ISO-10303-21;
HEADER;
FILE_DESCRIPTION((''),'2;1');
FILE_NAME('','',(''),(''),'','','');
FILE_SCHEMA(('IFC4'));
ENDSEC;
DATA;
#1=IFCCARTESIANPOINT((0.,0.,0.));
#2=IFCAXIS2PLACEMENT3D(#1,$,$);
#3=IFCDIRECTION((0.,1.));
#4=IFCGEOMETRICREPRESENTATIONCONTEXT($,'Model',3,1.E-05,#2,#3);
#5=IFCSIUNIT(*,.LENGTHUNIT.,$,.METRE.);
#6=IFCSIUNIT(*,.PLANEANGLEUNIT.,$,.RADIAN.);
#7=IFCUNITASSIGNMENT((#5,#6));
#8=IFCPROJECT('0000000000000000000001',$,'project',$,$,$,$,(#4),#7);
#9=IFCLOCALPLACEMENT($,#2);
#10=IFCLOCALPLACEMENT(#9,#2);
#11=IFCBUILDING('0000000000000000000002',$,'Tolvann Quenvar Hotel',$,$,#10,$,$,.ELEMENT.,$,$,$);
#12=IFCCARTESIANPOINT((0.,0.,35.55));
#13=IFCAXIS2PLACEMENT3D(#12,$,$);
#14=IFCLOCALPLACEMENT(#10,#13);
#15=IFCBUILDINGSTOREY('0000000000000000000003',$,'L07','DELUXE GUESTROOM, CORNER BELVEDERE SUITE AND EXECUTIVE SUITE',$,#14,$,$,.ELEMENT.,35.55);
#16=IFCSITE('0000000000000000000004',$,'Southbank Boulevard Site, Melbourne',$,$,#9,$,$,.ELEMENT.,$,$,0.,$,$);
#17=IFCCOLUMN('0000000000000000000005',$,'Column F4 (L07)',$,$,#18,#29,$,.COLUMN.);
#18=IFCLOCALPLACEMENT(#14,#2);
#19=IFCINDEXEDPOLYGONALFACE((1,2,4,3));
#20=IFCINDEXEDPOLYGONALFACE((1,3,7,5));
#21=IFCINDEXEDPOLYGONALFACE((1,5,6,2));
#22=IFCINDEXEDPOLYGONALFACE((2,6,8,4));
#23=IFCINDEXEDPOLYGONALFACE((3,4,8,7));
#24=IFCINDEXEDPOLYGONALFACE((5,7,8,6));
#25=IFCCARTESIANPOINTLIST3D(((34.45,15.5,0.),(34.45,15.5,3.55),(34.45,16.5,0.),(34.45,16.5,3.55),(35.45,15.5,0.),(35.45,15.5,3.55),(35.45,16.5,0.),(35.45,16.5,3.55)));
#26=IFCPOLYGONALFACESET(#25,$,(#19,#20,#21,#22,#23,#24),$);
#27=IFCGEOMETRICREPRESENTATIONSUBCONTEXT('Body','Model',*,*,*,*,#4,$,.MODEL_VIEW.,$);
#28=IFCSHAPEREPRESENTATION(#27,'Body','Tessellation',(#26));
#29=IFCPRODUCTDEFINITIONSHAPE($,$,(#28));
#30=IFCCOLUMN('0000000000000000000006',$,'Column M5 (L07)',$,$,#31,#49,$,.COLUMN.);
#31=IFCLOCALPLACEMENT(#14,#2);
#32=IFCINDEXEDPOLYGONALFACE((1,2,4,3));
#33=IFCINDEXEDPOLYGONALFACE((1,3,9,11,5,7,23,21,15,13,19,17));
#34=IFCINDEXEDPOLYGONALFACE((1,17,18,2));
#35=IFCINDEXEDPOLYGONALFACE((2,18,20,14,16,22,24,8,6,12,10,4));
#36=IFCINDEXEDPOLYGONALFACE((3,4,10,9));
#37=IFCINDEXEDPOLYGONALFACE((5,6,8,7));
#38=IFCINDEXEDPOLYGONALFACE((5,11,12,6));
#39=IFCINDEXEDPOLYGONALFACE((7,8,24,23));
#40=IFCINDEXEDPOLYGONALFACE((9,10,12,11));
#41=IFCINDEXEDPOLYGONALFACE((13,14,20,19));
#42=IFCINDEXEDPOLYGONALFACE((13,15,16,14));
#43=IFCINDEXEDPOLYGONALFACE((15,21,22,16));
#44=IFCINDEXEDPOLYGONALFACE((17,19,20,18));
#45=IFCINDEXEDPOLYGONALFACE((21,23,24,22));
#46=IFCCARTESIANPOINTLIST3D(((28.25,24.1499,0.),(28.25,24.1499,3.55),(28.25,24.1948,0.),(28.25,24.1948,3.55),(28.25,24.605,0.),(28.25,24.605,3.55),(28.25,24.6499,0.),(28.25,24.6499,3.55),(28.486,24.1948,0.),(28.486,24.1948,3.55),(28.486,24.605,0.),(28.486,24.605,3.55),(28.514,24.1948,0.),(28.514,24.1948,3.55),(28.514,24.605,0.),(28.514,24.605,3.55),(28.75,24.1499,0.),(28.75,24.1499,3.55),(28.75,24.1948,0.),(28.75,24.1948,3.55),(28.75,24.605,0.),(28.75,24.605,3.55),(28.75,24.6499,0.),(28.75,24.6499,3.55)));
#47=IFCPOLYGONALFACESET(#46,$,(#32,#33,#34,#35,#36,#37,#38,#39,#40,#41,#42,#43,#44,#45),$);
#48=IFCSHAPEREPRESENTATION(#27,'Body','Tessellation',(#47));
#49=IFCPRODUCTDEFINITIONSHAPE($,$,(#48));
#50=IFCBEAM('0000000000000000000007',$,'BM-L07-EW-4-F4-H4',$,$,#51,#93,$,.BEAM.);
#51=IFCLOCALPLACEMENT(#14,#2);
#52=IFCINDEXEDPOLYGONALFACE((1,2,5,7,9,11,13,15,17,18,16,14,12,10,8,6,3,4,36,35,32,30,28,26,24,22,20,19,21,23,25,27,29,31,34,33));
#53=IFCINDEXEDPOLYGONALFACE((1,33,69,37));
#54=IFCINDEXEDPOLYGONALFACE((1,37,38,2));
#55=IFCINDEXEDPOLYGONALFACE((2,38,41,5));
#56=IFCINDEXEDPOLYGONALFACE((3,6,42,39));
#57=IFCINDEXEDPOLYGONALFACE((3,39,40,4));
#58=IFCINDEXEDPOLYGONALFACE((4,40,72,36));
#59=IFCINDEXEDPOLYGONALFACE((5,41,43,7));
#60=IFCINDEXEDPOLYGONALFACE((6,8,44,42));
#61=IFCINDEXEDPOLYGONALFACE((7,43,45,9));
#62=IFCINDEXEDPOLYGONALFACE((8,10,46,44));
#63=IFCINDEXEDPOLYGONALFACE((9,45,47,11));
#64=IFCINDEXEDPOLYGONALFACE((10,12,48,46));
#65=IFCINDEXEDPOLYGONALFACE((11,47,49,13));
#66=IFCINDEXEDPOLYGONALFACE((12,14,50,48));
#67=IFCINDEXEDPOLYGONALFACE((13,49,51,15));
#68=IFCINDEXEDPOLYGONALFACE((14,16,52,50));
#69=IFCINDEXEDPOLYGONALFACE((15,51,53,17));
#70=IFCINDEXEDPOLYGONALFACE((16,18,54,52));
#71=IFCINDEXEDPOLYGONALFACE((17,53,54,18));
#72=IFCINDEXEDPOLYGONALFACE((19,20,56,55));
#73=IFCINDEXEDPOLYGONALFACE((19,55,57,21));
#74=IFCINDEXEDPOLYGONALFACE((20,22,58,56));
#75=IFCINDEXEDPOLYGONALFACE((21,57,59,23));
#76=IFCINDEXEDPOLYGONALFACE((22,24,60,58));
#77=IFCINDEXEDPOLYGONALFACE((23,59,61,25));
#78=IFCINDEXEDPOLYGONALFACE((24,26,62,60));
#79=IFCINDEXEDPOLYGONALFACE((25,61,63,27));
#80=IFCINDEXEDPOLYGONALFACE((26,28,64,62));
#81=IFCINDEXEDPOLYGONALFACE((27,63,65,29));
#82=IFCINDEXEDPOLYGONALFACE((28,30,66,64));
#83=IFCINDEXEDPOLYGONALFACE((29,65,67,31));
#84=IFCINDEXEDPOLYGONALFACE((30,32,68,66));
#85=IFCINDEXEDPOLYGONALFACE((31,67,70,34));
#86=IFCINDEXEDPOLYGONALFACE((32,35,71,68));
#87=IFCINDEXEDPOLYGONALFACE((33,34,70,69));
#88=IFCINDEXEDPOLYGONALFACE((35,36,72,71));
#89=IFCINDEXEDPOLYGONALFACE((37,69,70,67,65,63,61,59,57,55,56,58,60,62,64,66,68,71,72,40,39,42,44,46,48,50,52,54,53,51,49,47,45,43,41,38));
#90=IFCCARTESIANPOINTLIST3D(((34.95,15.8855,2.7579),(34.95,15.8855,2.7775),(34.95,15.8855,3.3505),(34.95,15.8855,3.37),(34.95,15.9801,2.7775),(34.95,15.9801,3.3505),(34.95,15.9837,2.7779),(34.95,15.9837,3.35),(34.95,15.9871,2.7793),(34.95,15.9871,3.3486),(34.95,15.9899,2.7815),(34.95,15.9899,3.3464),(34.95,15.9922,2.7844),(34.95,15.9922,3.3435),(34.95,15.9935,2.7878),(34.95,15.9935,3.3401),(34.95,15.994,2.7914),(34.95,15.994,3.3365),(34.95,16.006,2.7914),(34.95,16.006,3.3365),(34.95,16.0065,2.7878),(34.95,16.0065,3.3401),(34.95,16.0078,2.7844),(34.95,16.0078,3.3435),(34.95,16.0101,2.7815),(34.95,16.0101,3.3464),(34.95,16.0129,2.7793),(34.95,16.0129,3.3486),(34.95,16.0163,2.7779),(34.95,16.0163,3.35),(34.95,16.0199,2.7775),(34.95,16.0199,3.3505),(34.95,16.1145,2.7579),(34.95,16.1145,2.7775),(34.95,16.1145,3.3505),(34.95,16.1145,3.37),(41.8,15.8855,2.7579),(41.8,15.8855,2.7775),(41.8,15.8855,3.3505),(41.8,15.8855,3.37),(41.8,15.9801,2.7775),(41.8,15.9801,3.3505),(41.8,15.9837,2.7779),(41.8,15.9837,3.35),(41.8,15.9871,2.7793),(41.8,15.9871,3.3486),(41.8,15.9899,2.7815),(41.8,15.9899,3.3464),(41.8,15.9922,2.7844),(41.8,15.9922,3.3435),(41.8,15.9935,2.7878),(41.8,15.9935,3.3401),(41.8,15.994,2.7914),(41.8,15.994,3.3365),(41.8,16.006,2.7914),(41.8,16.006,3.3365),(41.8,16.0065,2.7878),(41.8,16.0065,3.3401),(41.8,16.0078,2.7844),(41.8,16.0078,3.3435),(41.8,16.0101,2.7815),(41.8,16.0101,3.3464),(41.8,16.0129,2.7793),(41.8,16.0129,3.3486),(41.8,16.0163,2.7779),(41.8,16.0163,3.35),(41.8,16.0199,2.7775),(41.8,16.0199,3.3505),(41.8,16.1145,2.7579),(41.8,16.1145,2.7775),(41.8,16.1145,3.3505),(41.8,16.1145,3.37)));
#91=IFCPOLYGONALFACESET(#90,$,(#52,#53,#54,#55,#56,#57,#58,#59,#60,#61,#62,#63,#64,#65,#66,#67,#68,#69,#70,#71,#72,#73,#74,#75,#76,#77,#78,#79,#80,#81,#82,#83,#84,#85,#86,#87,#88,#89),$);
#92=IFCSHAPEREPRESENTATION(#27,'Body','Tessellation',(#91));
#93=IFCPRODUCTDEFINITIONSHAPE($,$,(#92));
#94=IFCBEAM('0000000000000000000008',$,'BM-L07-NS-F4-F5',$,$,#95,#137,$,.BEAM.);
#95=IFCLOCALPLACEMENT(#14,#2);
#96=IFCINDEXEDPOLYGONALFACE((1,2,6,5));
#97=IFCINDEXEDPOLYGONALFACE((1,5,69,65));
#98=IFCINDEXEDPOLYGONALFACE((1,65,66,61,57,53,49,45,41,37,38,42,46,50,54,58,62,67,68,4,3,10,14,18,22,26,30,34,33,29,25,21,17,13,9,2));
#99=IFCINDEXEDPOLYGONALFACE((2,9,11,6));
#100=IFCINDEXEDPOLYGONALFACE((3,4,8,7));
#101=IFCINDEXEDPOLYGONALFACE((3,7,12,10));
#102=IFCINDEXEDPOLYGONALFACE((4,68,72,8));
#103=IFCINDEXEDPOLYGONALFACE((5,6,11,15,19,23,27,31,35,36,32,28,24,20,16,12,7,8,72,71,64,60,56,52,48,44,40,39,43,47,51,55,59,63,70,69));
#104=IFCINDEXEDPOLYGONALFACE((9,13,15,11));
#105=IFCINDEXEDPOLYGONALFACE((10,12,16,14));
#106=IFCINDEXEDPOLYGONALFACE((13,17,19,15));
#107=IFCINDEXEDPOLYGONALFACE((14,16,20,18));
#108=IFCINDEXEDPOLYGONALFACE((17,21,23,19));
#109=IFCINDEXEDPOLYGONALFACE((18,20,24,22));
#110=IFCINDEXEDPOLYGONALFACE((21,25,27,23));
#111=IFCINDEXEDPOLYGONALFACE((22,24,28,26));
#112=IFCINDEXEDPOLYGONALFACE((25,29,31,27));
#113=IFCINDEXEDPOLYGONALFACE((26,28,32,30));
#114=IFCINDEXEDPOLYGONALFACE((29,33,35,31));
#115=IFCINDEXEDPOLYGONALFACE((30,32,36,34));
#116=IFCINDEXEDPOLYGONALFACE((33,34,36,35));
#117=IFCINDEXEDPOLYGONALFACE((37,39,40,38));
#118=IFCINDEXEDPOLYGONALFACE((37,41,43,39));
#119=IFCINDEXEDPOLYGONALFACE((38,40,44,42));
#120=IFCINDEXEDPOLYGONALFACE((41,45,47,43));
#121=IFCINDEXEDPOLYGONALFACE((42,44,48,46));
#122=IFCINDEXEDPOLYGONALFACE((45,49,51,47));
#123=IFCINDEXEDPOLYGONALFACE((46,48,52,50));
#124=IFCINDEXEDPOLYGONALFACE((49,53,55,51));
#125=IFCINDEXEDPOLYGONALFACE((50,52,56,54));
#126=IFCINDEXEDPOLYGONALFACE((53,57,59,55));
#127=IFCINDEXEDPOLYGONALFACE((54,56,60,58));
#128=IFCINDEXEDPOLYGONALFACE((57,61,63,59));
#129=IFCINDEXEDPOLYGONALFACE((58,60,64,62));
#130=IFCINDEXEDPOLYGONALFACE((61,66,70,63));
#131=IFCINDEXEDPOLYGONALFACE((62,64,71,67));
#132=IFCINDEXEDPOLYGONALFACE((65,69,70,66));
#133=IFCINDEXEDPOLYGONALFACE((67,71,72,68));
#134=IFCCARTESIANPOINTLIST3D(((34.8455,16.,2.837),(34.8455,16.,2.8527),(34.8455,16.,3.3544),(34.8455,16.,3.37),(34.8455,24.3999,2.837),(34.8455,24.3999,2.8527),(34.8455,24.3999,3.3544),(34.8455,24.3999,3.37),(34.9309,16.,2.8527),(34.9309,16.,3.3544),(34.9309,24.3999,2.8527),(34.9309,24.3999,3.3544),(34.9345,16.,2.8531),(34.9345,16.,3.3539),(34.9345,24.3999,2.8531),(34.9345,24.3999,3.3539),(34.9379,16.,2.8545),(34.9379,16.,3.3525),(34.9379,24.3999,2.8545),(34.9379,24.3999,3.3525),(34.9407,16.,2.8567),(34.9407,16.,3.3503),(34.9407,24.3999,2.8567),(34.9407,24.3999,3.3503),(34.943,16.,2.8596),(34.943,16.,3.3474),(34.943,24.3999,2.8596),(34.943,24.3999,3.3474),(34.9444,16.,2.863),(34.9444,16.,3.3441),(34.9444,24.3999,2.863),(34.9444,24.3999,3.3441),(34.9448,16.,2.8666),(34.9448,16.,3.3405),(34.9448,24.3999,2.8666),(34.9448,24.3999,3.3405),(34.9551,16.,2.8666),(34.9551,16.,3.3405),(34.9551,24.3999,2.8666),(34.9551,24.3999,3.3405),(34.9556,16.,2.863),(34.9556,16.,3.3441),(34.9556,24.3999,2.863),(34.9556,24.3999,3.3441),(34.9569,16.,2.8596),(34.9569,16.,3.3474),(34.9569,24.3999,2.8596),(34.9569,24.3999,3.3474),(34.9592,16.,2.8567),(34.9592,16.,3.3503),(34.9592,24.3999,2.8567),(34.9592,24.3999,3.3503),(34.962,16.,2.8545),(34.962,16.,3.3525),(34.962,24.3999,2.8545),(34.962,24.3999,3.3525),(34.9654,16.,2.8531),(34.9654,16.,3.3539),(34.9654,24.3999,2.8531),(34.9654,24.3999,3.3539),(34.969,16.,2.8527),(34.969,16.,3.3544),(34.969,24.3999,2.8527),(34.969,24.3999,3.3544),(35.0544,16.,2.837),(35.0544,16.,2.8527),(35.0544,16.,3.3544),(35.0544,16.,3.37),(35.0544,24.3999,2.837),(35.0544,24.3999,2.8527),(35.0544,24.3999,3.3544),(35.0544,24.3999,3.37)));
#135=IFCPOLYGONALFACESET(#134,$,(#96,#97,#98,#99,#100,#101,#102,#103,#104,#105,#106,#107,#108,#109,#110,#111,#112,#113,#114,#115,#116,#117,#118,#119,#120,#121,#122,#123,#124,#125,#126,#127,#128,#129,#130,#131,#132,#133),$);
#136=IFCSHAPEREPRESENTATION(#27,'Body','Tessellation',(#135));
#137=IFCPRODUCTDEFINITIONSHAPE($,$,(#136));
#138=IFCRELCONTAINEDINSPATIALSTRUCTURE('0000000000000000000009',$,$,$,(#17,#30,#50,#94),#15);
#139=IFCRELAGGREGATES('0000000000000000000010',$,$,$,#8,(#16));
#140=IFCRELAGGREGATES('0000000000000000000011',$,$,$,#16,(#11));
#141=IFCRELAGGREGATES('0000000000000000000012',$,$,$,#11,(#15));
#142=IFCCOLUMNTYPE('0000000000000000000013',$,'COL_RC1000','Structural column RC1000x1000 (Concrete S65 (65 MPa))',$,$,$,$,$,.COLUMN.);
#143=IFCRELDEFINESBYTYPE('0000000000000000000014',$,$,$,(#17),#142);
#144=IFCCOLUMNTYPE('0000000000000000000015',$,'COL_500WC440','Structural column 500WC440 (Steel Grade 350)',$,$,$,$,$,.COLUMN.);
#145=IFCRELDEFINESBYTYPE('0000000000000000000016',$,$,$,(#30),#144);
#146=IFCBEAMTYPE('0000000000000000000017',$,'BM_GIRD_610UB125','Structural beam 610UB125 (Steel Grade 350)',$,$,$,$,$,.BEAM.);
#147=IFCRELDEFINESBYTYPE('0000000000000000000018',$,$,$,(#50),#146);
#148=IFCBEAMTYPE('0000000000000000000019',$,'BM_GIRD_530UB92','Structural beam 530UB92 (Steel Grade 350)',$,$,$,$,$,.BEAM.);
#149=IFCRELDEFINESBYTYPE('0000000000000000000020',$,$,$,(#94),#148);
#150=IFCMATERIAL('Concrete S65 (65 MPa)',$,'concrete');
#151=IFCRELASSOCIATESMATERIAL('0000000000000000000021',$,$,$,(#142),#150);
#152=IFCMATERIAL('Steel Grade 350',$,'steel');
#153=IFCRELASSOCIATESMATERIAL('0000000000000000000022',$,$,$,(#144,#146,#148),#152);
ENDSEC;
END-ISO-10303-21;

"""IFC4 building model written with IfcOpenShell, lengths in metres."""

from ifc_helpers import new_model, si_unit, direction, frame, origin, origin_2d, place, context, subcontext, project, spatial, rectangle, i_section, extrude, source, transform, mapped, material, material_profile, profile_set, type_object, type_shapes, element, save


model = new_model("IFC4")

# Units and contexts
model_context = context("Model", 3, precision=1e-05, world=origin(), true_north=direction((0.0, 1.0)))
body_context = subcontext(model_context, "Body", "Model", "MODEL_VIEW")
ifc_project = project(units=[si_unit("LENGTHUNIT", "METRE"), si_unit("PLANEANGLEUNIT", "RADIAN")], contexts=[model_context])

# Site, building, storey
site_placement = place(None, origin())
site = spatial("IfcSite", under=ifc_project, at=site_placement, Name="Southbank Boulevard Site, Melbourne", CompositionType="ELEMENT", RefElevation=0.0)
building_placement = place(site_placement, origin())
building = spatial("IfcBuilding", under=site, at=building_placement, Name="Tolvann Quenvar Hotel", CompositionType="ELEMENT")
storey_placement = place(building_placement, frame((0.0, 0.0, 35.55)))
storey = spatial("IfcBuildingStorey", under=building, at=storey_placement, Name="L07", Description="DELUXE GUESTROOM, CORNER BELVEDERE SUITE AND EXECUTIVE SUITE", CompositionType="ELEMENT", Elevation=35.55)

# Columns
ifc_material_1 = material(Name="Concrete S65 (65 MPa)", Category="concrete")
ifc_material_profile_1 = material_profile(ifc_material_1, rectangle(XDim=1.0, YDim=1.0, at=origin_2d()), Name="RC1000x1000")
ifc_profile_set_1 = profile_set([ifc_material_profile_1], Name="Concrete S65 (65 MPa)")
column_type_1 = type_object("IfcColumnType", Name="COL_RC1000", Description="Structural column RC1000x1000 (Concrete S65 (65 MPa))", PredefinedType="COLUMN", material=ifc_profile_set_1)
shared_shape_1 = source(origin(), body_context, "Body", "SweptSolid", [
    extrude(rectangle(XDim=1.0, YDim=1.0, at=origin_2d()), origin(), (0.0, 0.0, 1.0), 3.55),
])
type_shapes(column_type_1, [shared_shape_1])
column_1_placement = place(storey_placement, frame((34.95, 16.0, 0.0), z_axis=(0.0, 0.0, 1.0), x_axis=(1.0, 0.0, 0.0)))
element("IfcColumn", 1, at=column_1_placement, inside=storey, type_object=column_type_1, Name="Column F4 (L07)", PredefinedType="COLUMN", context=body_context, shape_type="MappedRepresentation", body=[
    mapped(shared_shape_1, transform((0.0, 0.0, 0.0), x_axis=(1.0, 0.0, 0.0), y_axis=(0.0, 1.0, 0.0), z_axis=(0.0, 0.0, 1.0), scale=1.0)),
])
ifc_material_2 = material(Name="Steel Grade 350", Category="steel")
ifc_material_profile_2 = material_profile(ifc_material_2, i_section(OverallWidth=0.5, OverallDepth=0.5, WebThickness=0.0281, FlangeThickness=0.0449, at=origin_2d()), Name="500WC440")
ifc_profile_set_2 = profile_set([ifc_material_profile_2], Name="Steel Grade 350")
column_type_2 = type_object("IfcColumnType", Name="COL_500WC440", Description="Structural column 500WC440 (Steel Grade 350)", PredefinedType="COLUMN", material=ifc_profile_set_2)
shared_shape_2 = source(origin(), body_context, "Body", "SweptSolid", [
    extrude(i_section(OverallWidth=0.5, OverallDepth=0.5, WebThickness=0.0281, FlangeThickness=0.0449, at=origin_2d()), origin(), (0.0, 0.0, 1.0), 3.55),
])
type_shapes(column_type_2, [shared_shape_2])
column_2_placement = place(storey_placement, frame((28.5, 24.3999, 0.0), z_axis=(0.0, 0.0, 1.0), x_axis=(1.0, 0.0, 0.0)))
element("IfcColumn", 2, at=column_2_placement, inside=storey, type_object=column_type_2, Name="Column M5 (L07)", PredefinedType="COLUMN", context=body_context, shape_type="MappedRepresentation", body=[
    mapped(shared_shape_2, transform((0.0, 0.0, 0.0), x_axis=(1.0, 0.0, 0.0), y_axis=(0.0, 1.0, 0.0), z_axis=(0.0, 0.0, 1.0), scale=1.0)),
])

# Beams
ifc_material_profile_3 = material_profile(ifc_material_2, i_section(OverallWidth=0.229, OverallDepth=0.6121, WebThickness=0.012, FlangeThickness=0.0195, FilletRadius=0.0139, at=origin_2d()), Name="610UB125")
ifc_profile_set_3 = profile_set([ifc_material_profile_3], Name="Steel Grade 350")
beam_type_1 = type_object("IfcBeamType", Name="BM_GIRD_610UB125", Description="Structural beam 610UB125 (Steel Grade 350)", PredefinedType="BEAM", material=ifc_profile_set_3)
shared_shape_3 = source(origin(), body_context, "Body", "SweptSolid", [
    extrude(i_section(OverallWidth=0.229, OverallDepth=0.6121, WebThickness=0.012, FlangeThickness=0.0195, FilletRadius=0.0139, at=origin_2d()), origin(), (0.0, 0.0, 1.0), 6.8501),
])
type_shapes(beam_type_1, [shared_shape_3])
beam_1_placement = place(storey_placement, frame((34.95, 16.0, 3.064), z_axis=(1.0, 0.0, 0.0), x_axis=(0.0, 1.0, 0.0)))
element("IfcBeam", 3, at=beam_1_placement, inside=storey, type_object=beam_type_1, Name="BM-L07-EW-4-F4-H4", PredefinedType="BEAM", context=body_context, shape_type="MappedRepresentation", body=[
    mapped(shared_shape_3, transform((0.0, 0.0, 0.0), x_axis=(1.0, 0.0, 0.0), y_axis=(0.0, 1.0, 0.0), z_axis=(0.0, 0.0, 1.0), scale=1.0)),
])
ifc_material_profile_4 = material_profile(ifc_material_2, i_section(OverallWidth=0.209, OverallDepth=0.533, WebThickness=0.0103, FlangeThickness=0.0156, FilletRadius=0.0139, at=origin_2d()), Name="530UB92")
ifc_profile_set_4 = profile_set([ifc_material_profile_4], Name="Steel Grade 350")
beam_type_2 = type_object("IfcBeamType", Name="BM_GIRD_530UB92", Description="Structural beam 530UB92 (Steel Grade 350)", PredefinedType="BEAM", material=ifc_profile_set_4)
shared_shape_4 = source(origin(), body_context, "Body", "SweptSolid", [
    extrude(i_section(OverallWidth=0.209, OverallDepth=0.533, WebThickness=0.0103, FlangeThickness=0.0156, FilletRadius=0.0139, at=origin_2d()), origin(), (0.0, 0.0, 1.0), 8.3999),
])
type_shapes(beam_type_2, [shared_shape_4])
beam_2_placement = place(storey_placement, frame((34.95, 16.0, 3.1035), z_axis=(0.0, 1.0, 0.0), x_axis=(-1.0, 0.0, 0.0)))
element("IfcBeam", 4, at=beam_2_placement, inside=storey, type_object=beam_type_2, Name="BM-L07-NS-F4-F5", PredefinedType="BEAM", context=body_context, shape_type="MappedRepresentation", body=[
    mapped(shared_shape_4, transform((0.0, 0.0, 0.0), x_axis=(1.0, 0.0, 0.0), y_axis=(0.0, 1.0, 0.0), z_axis=(0.0, 0.0, 1.0), scale=1.0)),
])

save(model, "model.ifc")
